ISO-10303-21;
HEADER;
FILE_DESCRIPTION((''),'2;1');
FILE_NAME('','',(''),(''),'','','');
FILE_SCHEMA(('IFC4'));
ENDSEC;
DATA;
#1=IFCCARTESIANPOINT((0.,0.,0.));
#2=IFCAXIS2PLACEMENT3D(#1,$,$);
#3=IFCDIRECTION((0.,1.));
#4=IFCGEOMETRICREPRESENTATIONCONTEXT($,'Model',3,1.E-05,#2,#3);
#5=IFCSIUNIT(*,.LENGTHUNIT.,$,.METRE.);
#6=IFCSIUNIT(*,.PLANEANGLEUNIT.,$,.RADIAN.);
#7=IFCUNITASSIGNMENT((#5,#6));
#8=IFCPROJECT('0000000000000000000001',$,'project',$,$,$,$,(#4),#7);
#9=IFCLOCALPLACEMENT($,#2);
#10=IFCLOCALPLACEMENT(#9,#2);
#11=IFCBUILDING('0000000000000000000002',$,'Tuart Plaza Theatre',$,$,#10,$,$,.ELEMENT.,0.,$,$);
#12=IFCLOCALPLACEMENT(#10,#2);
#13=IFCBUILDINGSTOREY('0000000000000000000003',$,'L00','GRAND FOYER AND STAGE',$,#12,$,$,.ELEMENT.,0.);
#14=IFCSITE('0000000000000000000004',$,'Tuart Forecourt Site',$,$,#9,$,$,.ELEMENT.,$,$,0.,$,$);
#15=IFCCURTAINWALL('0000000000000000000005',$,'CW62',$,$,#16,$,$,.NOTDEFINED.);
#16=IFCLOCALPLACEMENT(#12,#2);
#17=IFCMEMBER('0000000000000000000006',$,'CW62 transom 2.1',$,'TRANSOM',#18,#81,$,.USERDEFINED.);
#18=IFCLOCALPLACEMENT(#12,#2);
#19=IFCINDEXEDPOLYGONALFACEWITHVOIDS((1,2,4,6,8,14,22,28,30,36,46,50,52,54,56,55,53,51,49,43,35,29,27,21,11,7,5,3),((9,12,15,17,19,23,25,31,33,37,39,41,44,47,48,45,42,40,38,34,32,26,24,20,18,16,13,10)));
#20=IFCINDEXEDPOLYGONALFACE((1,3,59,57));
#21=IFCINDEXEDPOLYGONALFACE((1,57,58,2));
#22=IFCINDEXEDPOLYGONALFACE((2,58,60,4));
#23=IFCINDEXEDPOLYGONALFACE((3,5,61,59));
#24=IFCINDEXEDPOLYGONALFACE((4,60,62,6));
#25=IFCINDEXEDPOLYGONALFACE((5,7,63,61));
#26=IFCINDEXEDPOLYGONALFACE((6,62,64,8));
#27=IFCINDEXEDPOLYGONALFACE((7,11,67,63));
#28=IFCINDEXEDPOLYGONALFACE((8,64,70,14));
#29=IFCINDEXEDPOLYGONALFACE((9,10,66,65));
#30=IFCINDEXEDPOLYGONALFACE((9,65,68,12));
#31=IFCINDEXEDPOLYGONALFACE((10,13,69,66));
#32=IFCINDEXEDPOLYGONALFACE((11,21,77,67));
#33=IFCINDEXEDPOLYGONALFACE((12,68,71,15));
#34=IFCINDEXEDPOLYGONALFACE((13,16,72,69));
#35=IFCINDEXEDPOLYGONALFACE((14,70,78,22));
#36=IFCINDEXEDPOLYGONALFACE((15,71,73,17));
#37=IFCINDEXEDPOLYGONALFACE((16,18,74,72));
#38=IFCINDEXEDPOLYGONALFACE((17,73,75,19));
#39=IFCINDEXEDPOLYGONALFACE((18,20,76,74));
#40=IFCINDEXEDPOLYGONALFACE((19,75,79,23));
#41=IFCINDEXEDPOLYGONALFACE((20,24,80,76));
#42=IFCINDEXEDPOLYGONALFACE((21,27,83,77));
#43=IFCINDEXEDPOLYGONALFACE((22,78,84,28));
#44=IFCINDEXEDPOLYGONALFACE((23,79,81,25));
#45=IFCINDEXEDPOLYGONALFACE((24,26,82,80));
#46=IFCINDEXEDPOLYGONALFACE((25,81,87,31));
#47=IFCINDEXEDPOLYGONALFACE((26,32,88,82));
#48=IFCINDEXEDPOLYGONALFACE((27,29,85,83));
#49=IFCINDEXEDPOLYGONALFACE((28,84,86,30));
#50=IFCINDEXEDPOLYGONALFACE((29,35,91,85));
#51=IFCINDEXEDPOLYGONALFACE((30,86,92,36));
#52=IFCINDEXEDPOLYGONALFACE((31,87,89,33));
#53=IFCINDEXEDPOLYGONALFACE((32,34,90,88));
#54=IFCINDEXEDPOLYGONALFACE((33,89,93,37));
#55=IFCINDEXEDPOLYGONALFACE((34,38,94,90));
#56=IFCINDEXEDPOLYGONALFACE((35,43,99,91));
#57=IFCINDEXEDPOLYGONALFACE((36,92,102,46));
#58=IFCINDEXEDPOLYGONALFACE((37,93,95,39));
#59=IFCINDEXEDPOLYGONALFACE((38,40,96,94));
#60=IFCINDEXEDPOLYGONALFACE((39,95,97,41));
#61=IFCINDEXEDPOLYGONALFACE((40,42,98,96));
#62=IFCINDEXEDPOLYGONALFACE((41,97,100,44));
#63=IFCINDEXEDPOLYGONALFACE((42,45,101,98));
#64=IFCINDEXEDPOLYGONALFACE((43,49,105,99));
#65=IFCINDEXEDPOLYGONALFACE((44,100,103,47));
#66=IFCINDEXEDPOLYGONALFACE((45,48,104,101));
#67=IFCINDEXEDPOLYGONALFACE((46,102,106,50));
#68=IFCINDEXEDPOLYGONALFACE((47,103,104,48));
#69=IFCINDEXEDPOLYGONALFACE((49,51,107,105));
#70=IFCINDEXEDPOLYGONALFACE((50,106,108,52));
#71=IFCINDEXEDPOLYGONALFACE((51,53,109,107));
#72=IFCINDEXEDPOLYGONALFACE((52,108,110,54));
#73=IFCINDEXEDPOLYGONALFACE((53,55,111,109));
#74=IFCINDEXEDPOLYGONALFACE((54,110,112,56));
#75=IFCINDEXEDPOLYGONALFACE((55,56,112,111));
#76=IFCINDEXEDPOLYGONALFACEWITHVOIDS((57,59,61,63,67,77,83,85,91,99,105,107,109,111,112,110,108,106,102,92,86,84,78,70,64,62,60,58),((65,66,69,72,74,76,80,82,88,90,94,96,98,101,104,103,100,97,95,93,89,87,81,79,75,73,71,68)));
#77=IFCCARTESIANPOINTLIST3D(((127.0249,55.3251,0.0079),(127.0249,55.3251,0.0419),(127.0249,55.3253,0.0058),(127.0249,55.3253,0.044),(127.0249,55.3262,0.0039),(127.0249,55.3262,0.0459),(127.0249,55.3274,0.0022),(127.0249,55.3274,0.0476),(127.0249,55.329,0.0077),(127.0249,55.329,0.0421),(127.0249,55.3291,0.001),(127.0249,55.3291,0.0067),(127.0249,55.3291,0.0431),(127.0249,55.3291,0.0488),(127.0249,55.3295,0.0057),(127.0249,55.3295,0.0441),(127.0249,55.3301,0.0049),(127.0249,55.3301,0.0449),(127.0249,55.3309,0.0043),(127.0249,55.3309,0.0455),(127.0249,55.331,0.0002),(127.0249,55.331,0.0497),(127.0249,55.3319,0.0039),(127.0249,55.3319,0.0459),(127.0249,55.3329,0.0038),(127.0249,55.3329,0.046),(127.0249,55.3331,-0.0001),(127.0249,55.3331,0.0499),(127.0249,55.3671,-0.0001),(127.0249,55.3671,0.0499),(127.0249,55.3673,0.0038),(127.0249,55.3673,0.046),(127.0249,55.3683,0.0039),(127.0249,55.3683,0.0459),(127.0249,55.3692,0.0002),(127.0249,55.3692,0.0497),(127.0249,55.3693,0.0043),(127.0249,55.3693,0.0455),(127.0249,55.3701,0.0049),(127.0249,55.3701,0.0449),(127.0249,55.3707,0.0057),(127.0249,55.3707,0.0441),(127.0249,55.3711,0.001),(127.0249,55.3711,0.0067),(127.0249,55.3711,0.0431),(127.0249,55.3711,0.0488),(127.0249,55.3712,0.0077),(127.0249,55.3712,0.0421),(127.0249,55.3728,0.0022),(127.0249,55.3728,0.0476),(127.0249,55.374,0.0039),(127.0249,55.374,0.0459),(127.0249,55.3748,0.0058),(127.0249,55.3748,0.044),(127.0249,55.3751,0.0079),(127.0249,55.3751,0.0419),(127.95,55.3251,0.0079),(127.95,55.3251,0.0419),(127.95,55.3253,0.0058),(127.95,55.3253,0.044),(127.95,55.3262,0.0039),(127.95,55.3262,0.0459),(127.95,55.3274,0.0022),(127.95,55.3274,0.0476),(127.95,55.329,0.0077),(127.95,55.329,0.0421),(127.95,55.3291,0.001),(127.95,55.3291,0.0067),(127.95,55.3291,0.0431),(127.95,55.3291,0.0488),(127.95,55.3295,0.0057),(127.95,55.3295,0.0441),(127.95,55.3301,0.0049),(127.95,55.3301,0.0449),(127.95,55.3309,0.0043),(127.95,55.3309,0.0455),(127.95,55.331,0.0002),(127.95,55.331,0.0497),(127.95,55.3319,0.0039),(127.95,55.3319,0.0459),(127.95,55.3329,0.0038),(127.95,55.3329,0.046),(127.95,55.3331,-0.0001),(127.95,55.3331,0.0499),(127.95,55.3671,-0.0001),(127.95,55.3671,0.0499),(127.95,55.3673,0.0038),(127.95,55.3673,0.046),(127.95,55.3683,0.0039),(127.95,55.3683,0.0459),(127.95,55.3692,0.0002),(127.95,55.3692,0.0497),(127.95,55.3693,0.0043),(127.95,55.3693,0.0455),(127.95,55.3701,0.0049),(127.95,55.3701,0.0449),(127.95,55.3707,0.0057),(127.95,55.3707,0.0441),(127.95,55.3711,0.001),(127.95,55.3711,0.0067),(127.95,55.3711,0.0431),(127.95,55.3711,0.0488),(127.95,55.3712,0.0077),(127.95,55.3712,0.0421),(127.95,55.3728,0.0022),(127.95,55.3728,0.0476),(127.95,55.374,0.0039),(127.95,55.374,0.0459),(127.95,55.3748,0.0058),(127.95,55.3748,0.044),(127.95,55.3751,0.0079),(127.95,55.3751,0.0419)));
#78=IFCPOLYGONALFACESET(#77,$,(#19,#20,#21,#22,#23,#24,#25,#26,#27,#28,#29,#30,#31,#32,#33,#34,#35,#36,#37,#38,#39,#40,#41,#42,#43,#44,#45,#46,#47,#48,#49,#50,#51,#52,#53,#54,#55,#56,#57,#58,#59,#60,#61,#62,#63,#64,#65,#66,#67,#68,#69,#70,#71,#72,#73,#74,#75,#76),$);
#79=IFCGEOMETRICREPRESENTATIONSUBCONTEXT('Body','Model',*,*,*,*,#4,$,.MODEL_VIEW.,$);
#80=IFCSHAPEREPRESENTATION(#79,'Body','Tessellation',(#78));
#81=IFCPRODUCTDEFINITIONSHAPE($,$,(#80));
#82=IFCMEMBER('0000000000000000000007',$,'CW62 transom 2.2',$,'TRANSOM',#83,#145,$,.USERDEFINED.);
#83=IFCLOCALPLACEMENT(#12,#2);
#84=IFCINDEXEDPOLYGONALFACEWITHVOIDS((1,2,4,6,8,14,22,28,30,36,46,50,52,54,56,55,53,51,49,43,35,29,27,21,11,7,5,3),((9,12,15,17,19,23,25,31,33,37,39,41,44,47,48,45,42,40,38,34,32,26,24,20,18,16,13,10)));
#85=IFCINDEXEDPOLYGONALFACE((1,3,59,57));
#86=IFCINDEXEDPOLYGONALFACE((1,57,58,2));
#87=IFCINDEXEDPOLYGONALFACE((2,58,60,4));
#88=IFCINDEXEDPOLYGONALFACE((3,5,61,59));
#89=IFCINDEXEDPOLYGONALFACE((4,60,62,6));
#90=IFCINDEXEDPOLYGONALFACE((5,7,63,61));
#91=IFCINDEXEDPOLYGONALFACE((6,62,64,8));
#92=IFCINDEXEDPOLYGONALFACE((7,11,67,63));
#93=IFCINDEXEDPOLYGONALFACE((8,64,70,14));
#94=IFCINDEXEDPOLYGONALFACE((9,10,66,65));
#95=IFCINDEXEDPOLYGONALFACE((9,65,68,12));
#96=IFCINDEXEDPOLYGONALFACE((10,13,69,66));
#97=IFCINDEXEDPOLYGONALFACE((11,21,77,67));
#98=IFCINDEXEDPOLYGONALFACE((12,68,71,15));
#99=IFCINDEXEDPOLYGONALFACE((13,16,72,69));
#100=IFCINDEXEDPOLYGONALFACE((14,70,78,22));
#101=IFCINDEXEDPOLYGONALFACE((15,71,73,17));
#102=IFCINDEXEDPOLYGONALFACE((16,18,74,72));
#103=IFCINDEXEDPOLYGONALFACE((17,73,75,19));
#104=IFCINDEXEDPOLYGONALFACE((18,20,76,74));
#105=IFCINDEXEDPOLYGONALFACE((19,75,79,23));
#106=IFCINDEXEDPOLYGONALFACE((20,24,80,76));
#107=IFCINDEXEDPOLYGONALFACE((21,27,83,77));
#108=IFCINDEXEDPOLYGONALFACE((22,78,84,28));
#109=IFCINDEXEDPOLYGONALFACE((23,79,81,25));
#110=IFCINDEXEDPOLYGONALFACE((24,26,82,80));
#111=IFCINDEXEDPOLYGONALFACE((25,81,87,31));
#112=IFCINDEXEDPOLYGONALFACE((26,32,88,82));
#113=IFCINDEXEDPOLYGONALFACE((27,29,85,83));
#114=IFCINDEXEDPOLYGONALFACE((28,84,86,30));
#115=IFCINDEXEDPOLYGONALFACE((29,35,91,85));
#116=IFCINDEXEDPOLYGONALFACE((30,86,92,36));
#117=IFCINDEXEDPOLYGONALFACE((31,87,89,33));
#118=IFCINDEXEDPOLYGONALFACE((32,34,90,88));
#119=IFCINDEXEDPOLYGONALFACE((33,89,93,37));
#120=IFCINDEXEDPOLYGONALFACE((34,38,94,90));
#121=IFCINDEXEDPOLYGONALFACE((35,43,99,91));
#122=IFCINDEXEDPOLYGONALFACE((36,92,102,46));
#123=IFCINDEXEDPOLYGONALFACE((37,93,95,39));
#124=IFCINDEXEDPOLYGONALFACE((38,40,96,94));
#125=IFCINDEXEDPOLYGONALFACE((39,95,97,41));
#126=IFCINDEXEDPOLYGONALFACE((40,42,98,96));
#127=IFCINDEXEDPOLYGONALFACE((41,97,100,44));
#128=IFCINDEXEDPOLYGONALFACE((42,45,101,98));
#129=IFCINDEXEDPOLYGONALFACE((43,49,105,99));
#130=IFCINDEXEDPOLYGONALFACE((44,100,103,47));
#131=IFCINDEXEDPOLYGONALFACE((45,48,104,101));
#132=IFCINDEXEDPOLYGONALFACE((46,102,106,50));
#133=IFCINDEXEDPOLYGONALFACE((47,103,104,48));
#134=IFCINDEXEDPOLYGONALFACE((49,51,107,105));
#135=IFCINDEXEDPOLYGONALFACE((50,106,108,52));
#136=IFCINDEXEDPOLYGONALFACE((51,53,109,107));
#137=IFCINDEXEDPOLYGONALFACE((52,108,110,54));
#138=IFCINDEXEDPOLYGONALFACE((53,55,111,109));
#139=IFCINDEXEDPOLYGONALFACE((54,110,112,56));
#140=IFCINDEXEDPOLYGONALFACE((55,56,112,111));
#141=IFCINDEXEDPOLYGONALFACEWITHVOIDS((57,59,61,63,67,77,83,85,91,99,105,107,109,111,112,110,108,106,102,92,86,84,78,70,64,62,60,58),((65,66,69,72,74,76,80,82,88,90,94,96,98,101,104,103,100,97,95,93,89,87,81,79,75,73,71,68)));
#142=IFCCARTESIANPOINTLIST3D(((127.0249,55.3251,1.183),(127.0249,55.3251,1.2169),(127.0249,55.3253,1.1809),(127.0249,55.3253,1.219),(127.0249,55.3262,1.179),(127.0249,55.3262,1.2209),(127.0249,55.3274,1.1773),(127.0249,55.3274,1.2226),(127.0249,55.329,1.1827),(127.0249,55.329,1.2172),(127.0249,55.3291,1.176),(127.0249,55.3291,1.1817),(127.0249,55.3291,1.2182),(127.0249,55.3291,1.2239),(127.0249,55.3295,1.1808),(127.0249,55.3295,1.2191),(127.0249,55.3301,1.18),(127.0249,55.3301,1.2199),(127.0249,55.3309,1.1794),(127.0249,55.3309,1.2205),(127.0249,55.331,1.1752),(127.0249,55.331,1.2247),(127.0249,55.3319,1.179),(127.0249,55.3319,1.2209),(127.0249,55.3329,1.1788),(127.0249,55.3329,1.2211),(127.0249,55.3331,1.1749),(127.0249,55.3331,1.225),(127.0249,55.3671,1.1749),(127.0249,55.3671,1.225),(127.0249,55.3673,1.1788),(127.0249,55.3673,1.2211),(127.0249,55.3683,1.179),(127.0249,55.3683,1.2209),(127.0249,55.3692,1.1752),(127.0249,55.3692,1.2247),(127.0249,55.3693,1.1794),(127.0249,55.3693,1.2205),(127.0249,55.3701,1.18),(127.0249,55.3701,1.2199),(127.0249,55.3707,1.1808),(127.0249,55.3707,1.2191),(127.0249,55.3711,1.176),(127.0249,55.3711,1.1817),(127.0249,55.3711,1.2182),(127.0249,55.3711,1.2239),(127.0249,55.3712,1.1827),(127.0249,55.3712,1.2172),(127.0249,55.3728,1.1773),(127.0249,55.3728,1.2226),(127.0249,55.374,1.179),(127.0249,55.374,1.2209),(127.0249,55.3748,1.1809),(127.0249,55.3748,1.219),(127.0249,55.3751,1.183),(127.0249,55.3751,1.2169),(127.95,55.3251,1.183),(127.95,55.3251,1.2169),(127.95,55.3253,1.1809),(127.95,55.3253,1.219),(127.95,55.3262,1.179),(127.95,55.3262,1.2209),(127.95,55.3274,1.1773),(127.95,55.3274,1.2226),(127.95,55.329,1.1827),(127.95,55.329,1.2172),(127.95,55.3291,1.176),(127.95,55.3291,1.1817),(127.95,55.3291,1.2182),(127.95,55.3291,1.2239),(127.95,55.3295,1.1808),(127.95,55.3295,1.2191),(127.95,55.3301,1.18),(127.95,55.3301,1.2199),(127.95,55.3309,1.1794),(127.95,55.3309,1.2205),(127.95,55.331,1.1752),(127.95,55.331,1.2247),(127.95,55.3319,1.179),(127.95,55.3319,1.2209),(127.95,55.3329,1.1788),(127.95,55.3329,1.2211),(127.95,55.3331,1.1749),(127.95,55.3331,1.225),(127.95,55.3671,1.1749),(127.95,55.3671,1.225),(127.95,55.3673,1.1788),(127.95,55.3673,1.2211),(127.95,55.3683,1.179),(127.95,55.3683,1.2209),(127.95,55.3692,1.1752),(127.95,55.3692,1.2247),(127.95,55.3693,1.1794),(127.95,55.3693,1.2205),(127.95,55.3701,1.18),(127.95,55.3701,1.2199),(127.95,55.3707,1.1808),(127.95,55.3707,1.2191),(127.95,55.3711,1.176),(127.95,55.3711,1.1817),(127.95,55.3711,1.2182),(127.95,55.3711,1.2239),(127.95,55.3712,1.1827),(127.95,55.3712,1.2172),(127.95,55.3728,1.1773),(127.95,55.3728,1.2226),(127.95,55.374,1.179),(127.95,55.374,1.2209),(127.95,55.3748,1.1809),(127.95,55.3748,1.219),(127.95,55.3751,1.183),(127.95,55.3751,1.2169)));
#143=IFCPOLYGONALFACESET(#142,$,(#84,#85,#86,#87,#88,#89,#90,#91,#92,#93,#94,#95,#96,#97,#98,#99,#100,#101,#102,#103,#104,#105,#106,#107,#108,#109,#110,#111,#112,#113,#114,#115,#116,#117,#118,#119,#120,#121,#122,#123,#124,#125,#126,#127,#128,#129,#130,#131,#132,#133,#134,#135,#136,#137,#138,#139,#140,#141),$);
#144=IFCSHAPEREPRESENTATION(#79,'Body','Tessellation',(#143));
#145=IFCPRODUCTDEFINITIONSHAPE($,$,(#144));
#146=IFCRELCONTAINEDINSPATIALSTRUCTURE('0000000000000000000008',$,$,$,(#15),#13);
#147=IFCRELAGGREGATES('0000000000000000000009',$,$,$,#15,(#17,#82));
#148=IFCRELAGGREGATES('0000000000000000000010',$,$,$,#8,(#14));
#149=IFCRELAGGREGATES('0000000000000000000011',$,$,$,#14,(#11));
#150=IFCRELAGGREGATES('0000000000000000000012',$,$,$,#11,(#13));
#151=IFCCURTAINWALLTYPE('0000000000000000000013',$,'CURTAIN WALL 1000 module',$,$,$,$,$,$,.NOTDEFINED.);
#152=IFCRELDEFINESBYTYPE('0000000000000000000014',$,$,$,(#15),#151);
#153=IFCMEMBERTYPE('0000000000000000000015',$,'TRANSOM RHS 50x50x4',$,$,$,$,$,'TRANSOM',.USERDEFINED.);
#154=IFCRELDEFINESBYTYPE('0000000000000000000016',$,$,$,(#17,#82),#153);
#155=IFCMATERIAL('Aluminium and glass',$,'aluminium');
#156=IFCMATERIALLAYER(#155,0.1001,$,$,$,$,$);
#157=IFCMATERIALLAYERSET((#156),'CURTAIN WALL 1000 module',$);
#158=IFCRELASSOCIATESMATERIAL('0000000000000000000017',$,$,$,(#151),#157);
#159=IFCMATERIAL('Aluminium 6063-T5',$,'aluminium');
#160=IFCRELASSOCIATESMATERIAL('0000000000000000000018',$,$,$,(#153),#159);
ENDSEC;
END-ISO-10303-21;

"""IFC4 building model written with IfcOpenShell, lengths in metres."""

from ifc_helpers import new_model, si_unit, direction, frame, origin, origin_2d, place, context, subcontext, project, spatial, hollow_rectangle, extrude, material, layer, layer_set, material_profile, profile_set, type_object, element, aggregate, save


model = new_model("IFC4")

# Units and contexts
model_context = context("Model", 3, precision=1e-05, world=origin(), true_north=direction((0.0, 1.0)))
body_context = subcontext(model_context, "Body", "Model", "MODEL_VIEW")
ifc_project = project(units=[si_unit("LENGTHUNIT", "METRE"), si_unit("PLANEANGLEUNIT", "RADIAN")], contexts=[model_context])

# Site, building, storey
site_placement = place(None, origin())
site = spatial("IfcSite", under=ifc_project, at=site_placement, Name="Tuart Forecourt Site", CompositionType="ELEMENT", RefElevation=0.0)
building_placement = place(site_placement, origin())
building = spatial("IfcBuilding", under=site, at=building_placement, Name="Tuart Plaza Theatre", CompositionType="ELEMENT", ElevationOfRefHeight=0.0)
storey_placement = place(building_placement, origin())
storey = spatial("IfcBuildingStorey", under=building, at=storey_placement, Name="L00", Description="GRAND FOYER AND STAGE", CompositionType="ELEMENT", Elevation=0.0)

# Curtain wall
ifc_material_1 = material(Name="Aluminium and glass", Category="aluminium")
ifc_layer_1 = layer(ifc_material_1, 0.1001)
ifc_layer_set_1 = layer_set([ifc_layer_1], Name="CURTAIN WALL 1000 module")
curtain_wall_type_1 = type_object("IfcCurtainWallType", Name="CURTAIN WALL 1000 module", PredefinedType="NOTDEFINED", material=ifc_layer_set_1)
curtain_wall_1_placement = place(storey_placement, origin())
curtain_wall_1 = element("IfcCurtainWall", 1, at=curtain_wall_1_placement, inside=storey, type_object=curtain_wall_type_1, Name="CW62", PredefinedType="NOTDEFINED")

# Members
ifc_material_2 = material(Name="Aluminium 6063-T5", Category="aluminium")
ifc_material_profile_1 = material_profile(ifc_material_2, hollow_rectangle(XDim=0.05, YDim=0.05, WallThickness=0.0039, InnerFilletRadius=0.0039, OuterFilletRadius=0.0081, at=origin_2d()), Name="RHS 50x50x4")
ifc_profile_set_1 = profile_set([ifc_material_profile_1], Name="Aluminium 6063-T5")
member_type_1 = type_object("IfcMemberType", Name="TRANSOM RHS 50x50x4", ElementType="TRANSOM", PredefinedType="USERDEFINED", material=ifc_profile_set_1)
member_1_placement = place(storey_placement, frame((127.0249, 55.3501, 0.0249), z_axis=(1.0, 0.0, 0.0), x_axis=(0.0, 1.0, 0.0)))
member_1 = element("IfcMember", 2, at=member_1_placement, type_object=member_type_1, Name="CW62 transom 2.1", ObjectType="TRANSOM", PredefinedType="USERDEFINED", context=body_context, shape_type="SweptSolid", body=[
    extrude(hollow_rectangle(XDim=0.05, YDim=0.05, WallThickness=0.0039, InnerFilletRadius=0.0039, OuterFilletRadius=0.0081, at=origin_2d()), origin(), (0.0, 0.0, 1.0), 0.925),
])
member_2_placement = place(storey_placement, frame((127.0249, 55.3501, 1.2), z_axis=(1.0, 0.0, 0.0), x_axis=(0.0, 1.0, 0.0)))
member_2 = element("IfcMember", 3, at=member_2_placement, type_object=member_type_1, Name="CW62 transom 2.2", ObjectType="TRANSOM", PredefinedType="USERDEFINED", context=body_context, shape_type="SweptSolid", body=[
    extrude(hollow_rectangle(XDim=0.05, YDim=0.05, WallThickness=0.0039, InnerFilletRadius=0.0039, OuterFilletRadius=0.0081, at=origin_2d()), origin(), (0.0, 0.0, 1.0), 0.925),
])

aggregate(curtain_wall_1, [member_1, member_2])

save(model, "model.ifc")
